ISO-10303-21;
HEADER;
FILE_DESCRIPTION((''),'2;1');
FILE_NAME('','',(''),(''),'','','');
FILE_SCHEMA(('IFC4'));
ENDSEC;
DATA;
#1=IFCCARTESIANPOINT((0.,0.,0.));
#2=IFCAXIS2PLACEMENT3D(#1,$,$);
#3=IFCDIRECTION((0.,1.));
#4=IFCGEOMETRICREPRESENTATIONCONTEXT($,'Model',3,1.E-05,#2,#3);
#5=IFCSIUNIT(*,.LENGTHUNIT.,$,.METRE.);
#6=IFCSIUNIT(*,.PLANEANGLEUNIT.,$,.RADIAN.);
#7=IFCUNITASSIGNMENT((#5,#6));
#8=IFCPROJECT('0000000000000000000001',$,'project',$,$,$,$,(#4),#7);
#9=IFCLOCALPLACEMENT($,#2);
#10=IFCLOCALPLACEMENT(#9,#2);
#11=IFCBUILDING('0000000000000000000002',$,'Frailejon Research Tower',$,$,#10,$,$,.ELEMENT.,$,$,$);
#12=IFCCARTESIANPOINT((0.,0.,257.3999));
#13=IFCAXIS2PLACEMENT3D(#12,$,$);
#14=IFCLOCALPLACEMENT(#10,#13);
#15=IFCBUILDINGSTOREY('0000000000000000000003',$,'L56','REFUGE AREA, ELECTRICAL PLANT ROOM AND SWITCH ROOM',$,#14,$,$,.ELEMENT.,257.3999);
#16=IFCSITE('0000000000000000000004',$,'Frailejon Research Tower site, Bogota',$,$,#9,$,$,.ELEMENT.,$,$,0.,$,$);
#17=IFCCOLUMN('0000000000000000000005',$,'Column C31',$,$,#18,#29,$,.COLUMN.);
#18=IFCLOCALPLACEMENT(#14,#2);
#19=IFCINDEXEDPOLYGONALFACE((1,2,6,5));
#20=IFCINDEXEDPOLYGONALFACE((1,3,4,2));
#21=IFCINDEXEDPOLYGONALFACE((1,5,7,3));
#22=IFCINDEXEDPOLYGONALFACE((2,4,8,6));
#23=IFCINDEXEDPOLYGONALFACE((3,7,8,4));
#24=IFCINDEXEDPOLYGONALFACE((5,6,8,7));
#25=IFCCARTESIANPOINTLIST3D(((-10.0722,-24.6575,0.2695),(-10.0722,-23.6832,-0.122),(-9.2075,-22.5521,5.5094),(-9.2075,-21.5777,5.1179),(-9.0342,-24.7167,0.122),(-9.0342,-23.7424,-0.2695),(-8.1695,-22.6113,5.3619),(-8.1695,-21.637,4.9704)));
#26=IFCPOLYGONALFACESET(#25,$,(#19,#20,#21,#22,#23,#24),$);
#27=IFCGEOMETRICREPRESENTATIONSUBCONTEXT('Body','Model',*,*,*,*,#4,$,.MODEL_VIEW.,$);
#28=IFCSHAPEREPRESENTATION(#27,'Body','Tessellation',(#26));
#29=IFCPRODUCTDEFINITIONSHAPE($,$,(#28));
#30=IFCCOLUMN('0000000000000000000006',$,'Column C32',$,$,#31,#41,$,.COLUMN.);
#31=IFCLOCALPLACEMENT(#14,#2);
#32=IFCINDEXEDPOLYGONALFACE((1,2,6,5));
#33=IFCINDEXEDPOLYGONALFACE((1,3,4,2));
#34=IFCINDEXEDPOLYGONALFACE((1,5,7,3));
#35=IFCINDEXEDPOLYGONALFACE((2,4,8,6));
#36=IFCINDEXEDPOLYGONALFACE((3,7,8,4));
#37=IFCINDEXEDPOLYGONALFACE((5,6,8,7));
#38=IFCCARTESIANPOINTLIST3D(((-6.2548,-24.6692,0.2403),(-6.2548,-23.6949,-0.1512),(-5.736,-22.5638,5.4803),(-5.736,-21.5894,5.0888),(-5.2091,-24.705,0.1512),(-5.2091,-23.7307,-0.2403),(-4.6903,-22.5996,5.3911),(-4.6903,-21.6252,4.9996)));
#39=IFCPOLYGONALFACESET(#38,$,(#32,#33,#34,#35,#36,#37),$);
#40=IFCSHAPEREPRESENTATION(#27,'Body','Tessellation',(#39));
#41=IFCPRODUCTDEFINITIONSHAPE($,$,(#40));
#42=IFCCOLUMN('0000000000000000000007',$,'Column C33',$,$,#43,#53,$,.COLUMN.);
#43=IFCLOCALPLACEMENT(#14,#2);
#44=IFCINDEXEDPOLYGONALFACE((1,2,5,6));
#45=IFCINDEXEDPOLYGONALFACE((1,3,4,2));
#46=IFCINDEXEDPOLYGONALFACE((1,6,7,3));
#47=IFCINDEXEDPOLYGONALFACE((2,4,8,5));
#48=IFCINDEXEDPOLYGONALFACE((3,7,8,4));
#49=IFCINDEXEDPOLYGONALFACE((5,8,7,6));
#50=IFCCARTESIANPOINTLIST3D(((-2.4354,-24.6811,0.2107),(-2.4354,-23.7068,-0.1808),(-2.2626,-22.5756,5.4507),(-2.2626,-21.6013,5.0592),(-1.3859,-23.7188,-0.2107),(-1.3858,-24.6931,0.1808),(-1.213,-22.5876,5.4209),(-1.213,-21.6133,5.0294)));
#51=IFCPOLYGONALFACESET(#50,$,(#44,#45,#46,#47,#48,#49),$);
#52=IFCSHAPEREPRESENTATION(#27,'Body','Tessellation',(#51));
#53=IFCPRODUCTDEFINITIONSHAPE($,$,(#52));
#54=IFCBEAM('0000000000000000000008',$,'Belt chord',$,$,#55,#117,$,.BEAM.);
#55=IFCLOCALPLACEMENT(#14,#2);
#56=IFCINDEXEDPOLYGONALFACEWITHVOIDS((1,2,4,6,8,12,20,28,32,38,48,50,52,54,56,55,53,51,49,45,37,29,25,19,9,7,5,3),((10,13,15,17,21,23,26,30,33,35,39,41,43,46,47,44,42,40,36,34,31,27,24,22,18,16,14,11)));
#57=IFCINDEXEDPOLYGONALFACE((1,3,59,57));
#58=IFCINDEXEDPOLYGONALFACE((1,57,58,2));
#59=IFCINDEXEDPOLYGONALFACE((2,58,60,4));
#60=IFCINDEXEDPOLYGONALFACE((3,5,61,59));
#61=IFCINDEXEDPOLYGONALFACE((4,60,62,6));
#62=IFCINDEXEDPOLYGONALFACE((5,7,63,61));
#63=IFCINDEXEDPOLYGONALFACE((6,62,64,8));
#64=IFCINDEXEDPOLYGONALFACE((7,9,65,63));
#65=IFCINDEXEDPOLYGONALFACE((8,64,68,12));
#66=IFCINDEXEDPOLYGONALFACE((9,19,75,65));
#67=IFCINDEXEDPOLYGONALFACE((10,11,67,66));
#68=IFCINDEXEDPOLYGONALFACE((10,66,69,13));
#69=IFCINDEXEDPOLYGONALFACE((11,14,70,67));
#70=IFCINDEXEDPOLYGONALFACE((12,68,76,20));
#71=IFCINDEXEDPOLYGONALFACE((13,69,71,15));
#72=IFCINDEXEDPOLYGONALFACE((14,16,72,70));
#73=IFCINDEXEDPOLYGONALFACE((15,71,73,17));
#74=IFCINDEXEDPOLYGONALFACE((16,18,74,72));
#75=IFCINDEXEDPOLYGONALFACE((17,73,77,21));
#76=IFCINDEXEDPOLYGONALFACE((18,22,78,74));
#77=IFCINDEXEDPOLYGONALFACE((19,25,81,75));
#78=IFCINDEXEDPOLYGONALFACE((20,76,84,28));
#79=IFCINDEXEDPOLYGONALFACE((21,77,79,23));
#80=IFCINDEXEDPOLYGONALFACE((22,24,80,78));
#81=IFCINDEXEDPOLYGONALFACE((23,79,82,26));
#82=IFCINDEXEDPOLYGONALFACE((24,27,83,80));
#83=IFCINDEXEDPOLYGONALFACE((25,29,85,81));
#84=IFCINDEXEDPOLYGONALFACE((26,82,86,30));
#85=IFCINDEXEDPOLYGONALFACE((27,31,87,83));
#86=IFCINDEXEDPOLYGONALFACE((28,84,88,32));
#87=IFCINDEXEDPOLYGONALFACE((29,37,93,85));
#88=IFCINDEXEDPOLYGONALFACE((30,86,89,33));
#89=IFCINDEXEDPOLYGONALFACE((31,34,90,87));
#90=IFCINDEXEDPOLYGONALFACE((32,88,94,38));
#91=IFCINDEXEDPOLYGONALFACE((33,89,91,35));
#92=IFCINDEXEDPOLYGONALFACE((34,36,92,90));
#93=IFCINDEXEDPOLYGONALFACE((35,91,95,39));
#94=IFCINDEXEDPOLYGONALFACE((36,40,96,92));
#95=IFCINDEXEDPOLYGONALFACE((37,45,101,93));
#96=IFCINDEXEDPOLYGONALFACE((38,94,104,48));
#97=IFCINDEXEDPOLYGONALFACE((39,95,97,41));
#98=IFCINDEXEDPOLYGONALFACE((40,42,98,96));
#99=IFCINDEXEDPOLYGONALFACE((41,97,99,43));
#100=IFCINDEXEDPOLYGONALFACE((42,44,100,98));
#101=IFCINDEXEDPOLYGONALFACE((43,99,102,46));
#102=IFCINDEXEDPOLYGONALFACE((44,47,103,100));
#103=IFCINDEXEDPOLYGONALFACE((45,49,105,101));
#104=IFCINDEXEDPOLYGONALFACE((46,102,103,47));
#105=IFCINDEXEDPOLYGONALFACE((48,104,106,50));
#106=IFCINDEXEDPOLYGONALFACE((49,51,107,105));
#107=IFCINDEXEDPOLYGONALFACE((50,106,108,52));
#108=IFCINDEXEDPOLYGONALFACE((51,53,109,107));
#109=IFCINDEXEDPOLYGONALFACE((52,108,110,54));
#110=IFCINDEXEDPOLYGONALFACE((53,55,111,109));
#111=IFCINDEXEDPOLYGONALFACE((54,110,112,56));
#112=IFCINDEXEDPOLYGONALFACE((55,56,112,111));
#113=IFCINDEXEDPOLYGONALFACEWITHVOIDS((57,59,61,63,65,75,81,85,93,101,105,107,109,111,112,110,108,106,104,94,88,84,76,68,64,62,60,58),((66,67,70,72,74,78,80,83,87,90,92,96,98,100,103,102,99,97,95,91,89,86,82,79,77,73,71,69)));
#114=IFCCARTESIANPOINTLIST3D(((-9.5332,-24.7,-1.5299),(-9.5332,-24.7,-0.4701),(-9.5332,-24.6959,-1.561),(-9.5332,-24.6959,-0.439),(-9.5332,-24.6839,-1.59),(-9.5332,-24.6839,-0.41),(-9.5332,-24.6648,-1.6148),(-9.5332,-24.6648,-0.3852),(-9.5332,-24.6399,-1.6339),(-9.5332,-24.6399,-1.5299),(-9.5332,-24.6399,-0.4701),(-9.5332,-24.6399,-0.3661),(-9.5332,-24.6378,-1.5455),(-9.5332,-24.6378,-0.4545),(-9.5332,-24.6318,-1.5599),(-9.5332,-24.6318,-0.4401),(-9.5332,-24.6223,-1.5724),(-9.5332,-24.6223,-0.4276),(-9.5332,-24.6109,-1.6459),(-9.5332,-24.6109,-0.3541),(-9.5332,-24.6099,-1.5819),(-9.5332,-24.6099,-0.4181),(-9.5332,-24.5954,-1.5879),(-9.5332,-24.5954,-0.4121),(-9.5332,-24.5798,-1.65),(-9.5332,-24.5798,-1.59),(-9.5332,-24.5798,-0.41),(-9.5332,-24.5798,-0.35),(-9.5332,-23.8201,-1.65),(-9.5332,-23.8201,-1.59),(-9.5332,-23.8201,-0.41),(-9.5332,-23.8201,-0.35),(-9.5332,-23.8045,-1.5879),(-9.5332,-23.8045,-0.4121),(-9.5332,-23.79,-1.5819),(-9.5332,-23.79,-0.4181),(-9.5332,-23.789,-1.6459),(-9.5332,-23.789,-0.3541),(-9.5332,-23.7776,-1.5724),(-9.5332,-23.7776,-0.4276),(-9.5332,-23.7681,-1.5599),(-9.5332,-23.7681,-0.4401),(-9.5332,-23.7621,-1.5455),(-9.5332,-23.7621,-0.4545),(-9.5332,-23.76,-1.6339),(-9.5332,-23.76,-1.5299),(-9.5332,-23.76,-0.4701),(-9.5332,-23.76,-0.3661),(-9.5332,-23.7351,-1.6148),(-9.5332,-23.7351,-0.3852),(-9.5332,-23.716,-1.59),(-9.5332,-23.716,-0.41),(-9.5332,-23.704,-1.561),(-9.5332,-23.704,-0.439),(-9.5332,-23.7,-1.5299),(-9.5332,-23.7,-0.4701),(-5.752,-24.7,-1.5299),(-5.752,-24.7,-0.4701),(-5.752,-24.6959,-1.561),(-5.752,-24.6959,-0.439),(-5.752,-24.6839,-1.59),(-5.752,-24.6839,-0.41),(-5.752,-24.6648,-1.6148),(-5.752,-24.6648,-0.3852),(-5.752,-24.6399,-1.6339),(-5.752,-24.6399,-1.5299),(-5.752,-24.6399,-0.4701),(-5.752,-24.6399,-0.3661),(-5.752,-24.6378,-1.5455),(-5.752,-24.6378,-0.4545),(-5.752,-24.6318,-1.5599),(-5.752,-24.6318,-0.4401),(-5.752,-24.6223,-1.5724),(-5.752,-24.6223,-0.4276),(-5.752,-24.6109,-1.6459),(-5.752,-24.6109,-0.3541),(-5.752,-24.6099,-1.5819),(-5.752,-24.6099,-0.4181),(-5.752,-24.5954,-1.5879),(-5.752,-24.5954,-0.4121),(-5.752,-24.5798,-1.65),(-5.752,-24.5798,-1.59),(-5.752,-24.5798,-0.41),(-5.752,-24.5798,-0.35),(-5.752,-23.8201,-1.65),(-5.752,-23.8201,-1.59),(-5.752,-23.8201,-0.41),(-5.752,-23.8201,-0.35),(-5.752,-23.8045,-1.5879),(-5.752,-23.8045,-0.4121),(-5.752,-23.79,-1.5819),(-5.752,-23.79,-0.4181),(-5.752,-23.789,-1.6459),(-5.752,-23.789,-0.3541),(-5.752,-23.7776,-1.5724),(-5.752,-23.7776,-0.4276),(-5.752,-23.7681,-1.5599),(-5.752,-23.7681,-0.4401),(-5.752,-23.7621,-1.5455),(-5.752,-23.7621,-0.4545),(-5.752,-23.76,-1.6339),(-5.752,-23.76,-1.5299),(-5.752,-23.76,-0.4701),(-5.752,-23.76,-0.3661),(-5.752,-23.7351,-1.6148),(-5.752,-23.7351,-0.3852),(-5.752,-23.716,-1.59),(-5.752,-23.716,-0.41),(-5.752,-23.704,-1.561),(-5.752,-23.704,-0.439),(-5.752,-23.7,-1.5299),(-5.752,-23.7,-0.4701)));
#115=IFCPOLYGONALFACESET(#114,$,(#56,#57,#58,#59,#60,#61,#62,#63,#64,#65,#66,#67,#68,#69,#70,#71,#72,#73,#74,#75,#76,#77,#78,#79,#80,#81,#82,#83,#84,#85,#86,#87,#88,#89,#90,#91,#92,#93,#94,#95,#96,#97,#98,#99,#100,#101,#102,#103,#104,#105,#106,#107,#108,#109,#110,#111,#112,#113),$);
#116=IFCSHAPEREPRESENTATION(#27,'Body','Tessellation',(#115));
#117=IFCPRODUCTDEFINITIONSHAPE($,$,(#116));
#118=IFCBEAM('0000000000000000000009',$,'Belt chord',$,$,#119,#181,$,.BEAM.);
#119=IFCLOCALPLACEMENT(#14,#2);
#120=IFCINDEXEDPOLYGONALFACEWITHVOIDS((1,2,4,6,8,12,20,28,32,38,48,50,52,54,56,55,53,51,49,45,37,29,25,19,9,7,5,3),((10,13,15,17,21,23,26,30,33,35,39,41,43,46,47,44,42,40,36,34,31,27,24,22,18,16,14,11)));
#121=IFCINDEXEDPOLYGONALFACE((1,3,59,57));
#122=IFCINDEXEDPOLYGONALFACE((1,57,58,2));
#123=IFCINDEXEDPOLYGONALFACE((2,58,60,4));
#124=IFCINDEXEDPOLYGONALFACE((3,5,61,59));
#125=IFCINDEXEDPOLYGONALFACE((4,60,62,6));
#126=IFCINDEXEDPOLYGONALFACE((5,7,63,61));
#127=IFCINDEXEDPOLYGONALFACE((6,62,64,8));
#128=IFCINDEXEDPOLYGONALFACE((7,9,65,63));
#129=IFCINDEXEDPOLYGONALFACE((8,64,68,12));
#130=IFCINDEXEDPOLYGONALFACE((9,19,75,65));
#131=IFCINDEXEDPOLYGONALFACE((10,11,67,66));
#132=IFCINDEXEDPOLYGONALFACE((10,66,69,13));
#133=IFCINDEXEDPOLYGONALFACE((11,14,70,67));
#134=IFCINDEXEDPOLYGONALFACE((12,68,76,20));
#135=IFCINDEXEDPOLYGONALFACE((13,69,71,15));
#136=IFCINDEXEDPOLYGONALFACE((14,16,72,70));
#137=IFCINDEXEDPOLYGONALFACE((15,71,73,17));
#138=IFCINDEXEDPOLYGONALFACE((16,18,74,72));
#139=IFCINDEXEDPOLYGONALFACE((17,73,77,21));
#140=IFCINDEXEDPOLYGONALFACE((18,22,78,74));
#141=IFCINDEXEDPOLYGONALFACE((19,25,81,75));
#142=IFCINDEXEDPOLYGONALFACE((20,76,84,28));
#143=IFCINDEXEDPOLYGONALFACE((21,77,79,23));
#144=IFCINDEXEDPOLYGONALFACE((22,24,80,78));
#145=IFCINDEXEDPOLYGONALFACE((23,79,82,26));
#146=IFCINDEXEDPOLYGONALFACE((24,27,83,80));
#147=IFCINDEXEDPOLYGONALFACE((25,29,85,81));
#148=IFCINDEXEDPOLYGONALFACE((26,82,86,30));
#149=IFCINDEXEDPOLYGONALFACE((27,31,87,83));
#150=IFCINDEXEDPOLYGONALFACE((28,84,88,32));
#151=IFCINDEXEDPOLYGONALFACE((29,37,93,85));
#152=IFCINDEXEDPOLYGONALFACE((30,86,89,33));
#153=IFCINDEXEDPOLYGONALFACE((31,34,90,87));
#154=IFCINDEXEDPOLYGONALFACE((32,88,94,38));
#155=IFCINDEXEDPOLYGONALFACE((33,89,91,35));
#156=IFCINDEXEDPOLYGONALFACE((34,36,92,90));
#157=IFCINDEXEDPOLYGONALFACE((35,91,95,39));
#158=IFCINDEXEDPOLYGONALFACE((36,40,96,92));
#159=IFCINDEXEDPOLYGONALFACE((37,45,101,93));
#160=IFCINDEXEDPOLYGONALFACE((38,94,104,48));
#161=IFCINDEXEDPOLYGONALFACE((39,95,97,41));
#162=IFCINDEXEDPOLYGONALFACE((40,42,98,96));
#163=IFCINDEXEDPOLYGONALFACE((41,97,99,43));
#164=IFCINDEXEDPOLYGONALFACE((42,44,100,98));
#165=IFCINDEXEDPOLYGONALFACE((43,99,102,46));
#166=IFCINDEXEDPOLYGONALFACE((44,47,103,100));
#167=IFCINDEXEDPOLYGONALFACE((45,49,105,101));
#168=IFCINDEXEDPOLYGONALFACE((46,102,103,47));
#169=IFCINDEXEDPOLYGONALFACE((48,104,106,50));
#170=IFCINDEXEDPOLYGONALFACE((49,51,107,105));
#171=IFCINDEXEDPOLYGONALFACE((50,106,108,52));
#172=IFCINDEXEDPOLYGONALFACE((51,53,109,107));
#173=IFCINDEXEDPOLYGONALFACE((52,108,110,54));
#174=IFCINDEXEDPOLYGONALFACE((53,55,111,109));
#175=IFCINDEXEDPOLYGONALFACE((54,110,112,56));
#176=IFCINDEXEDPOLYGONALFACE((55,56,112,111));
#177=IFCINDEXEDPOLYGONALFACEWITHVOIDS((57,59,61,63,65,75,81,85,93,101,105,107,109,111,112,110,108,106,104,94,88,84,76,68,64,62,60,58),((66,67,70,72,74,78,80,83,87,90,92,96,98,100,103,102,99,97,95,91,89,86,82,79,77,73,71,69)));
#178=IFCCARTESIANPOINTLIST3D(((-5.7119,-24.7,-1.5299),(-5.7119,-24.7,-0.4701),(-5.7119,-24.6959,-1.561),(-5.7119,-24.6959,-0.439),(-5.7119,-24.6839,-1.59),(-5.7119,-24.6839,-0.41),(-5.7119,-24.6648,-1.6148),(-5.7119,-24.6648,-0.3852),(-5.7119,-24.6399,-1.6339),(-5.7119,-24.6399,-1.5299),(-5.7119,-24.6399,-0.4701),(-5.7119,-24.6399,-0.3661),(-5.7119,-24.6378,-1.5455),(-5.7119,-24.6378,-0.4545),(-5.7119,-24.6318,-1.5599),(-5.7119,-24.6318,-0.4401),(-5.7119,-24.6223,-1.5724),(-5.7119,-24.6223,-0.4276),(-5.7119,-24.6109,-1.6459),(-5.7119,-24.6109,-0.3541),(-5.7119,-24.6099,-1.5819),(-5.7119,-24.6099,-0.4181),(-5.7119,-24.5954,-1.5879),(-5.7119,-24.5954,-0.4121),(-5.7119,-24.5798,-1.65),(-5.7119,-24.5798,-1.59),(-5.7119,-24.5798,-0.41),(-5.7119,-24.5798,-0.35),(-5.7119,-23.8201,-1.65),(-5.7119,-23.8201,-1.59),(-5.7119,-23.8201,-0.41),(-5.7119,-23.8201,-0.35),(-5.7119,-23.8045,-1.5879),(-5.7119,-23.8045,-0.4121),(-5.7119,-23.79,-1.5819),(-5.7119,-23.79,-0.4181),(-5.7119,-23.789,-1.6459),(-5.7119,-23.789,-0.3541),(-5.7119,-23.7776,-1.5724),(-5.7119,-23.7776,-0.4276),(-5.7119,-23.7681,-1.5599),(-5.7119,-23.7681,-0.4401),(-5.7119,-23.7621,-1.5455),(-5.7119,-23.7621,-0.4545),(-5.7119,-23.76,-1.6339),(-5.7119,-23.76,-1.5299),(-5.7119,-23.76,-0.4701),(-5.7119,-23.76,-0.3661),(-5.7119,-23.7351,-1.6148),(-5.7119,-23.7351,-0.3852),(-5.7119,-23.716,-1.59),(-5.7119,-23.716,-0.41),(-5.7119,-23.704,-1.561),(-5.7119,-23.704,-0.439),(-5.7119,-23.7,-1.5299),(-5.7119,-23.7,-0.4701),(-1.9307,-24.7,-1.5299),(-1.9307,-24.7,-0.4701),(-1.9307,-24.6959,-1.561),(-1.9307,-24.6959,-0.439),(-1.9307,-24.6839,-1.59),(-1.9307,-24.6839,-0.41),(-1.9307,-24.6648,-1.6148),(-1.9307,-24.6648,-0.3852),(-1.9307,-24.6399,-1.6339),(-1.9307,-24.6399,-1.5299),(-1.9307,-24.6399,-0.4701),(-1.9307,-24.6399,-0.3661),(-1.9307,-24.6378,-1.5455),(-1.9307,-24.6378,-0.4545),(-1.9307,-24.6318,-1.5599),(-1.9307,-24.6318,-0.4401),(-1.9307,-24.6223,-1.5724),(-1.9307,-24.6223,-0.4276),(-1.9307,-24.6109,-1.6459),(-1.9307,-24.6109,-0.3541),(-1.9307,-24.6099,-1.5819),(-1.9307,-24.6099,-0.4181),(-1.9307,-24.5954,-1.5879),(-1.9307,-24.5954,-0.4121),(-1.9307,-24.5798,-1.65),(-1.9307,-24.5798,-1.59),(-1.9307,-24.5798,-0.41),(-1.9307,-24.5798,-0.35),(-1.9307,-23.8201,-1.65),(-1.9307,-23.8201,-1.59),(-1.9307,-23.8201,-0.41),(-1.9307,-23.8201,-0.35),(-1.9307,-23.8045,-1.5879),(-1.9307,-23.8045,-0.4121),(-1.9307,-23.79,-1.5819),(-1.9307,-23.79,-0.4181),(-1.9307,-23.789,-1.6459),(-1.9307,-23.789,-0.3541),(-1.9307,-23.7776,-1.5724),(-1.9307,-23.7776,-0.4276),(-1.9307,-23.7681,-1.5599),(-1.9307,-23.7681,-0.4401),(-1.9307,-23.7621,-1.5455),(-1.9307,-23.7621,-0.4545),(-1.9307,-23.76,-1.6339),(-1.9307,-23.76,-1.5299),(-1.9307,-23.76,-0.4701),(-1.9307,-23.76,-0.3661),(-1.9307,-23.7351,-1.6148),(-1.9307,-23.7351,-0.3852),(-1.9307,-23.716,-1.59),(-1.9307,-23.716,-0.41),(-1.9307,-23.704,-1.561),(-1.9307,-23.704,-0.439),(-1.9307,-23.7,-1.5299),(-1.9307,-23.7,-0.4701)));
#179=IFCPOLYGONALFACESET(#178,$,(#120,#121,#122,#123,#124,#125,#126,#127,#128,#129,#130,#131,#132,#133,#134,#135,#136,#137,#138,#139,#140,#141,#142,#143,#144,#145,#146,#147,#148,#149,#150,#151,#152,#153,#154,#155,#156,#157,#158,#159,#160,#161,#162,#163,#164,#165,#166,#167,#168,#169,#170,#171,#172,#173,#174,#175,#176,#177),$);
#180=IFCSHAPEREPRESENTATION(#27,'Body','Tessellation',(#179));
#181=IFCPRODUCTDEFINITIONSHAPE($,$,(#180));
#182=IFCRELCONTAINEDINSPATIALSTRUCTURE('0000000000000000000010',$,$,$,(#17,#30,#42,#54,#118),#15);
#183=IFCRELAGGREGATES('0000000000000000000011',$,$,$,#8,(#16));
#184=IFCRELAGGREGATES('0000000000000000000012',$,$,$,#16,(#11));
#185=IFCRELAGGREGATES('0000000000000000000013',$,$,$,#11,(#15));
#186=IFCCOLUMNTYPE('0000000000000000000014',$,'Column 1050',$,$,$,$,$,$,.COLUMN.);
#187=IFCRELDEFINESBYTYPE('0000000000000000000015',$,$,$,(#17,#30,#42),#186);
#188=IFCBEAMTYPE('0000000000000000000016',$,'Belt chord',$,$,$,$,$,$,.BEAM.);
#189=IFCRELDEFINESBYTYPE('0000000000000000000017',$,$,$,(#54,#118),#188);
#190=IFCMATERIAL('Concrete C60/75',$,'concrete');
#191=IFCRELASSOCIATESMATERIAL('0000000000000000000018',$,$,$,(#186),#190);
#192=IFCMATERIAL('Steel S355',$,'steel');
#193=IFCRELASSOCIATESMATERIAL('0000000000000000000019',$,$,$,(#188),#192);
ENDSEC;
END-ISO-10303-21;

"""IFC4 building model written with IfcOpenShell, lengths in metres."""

from ifc_helpers import new_model, si_unit, direction, frame, origin, origin_2d, place, context, subcontext, project, spatial, rectangle, hollow_rectangle, extrude, material, material_profile, profile_set, type_object, element, save


model = new_model("IFC4")

# Units and contexts
model_context = context("Model", 3, precision=1e-05, world=origin(), true_north=direction((0.0, 1.0)))
body_context = subcontext(model_context, "Body", "Model", "MODEL_VIEW")
ifc_project = project(units=[si_unit("LENGTHUNIT", "METRE"), si_unit("PLANEANGLEUNIT", "RADIAN")], contexts=[model_context])

# Site, building, storey
site_placement = place(None, origin())
site = spatial("IfcSite", under=ifc_project, at=site_placement, Name="Frailejon Research Tower site, Bogota", CompositionType="ELEMENT", RefElevation=0.0)
building_placement = place(site_placement, origin())
building = spatial("IfcBuilding", under=site, at=building_placement, Name="Frailejon Research Tower", CompositionType="ELEMENT")
storey_placement = place(building_placement, frame((0.0, 0.0, 257.3999)))
storey = spatial("IfcBuildingStorey", under=building, at=storey_placement, Name="L56", Description="REFUGE AREA, ELECTRICAL PLANT ROOM AND SWITCH ROOM", CompositionType="ELEMENT", Elevation=257.3999)

# Columns
ifc_material_1 = material(Name="Concrete C60/75", Category="concrete")
ifc_material_profile_1 = material_profile(ifc_material_1, rectangle(XDim=1.05, YDim=1.05, at=origin_2d()), Name="Column 1050")
ifc_profile_set_1 = profile_set([ifc_material_profile_1], Name="Concrete C60/75")
column_type = type_object("IfcColumnType", Name="Column 1050", PredefinedType="COLUMN", material=ifc_profile_set_1)
column_1_placement = place(storey_placement, frame((-9.5532, -24.2, 0.0), z_axis=(0.151365, 0.36854, 0.917206), x_axis=(0.988478, -0.056434, -0.140451)))
element("IfcColumn", 1, at=column_1_placement, inside=storey, type_object=column_type, Name="Column C31", PredefinedType="COLUMN", context=body_context, shape_type="SweptSolid", body=[
    extrude(rectangle(XDim=1.05, YDim=1.05, at=origin_2d()), origin(), (0.0, 0.0, 1.0), 5.7129),
])
column_2_placement = place(storey_placement, frame((-5.7319, -24.2, 0.0), z_axis=(0.091484, 0.371273, 0.924006), x_axis=(0.995807, -0.034111, -0.084886)))
element("IfcColumn", 2, at=column_2_placement, inside=storey, type_object=column_type, Name="Column C32", PredefinedType="COLUMN", context=body_context, shape_type="SweptSolid", body=[
    extrude(rectangle(XDim=1.05, YDim=1.05, at=origin_2d()), origin(), (0.0, 0.0, 1.0), 5.6709),
])
column_3_placement = place(storey_placement, frame((-1.9106, -24.2, 0.0), z_axis=(0.030594, 0.372662, 0.927463), x_axis=(0.999532, -0.011374, -0.028401)))
element("IfcColumn", 3, at=column_3_placement, inside=storey, type_object=column_type, Name="Column C33", PredefinedType="COLUMN", context=body_context, shape_type="SweptSolid", body=[
    extrude(rectangle(XDim=1.05, YDim=1.05, at=origin_2d()), origin(), (0.0, 0.0, 1.0), 5.6499),
])

# Beams
ifc_material_2 = material(Name="Steel S355", Category="steel")
ifc_material_profile_2 = material_profile(ifc_material_2, hollow_rectangle(XDim=1.0, YDim=1.3, WallThickness=0.0601, InnerFilletRadius=0.0601, OuterFilletRadius=0.1201, at=origin_2d()), Name="Belt chord")
ifc_profile_set_2 = profile_set([ifc_material_profile_2], Name="Steel S355")
beam_type_1 = type_object("IfcBeamType", Name="Belt chord", PredefinedType="BEAM", material=ifc_profile_set_2)
for number, where, z_axis, x_axis, name in (
    (4, (-9.5332, -24.2, -1.0), (1.0, 0.0, 0.0), (0.0, 1.0, 0.0), "Belt chord"),
    (5, (-5.7119, -24.2, -1.0), (1.0, 0.0, 0.0), (0.0, 1.0, 0.0), "Belt chord"),
):
    element("IfcBeam", number, at=place(storey_placement, frame(where, z_axis=z_axis, x_axis=x_axis)), inside=storey, type_object=beam_type_1, Name=name, PredefinedType="BEAM", context=body_context, shape_type="SweptSolid", body=[
        extrude(hollow_rectangle(XDim=1.0, YDim=1.3, WallThickness=0.0601, InnerFilletRadius=0.0601, OuterFilletRadius=0.1201, at=origin_2d()), origin(), (0.0, 0.0, 1.0), 3.7812),
    ])

save(model, "model.ifc")
